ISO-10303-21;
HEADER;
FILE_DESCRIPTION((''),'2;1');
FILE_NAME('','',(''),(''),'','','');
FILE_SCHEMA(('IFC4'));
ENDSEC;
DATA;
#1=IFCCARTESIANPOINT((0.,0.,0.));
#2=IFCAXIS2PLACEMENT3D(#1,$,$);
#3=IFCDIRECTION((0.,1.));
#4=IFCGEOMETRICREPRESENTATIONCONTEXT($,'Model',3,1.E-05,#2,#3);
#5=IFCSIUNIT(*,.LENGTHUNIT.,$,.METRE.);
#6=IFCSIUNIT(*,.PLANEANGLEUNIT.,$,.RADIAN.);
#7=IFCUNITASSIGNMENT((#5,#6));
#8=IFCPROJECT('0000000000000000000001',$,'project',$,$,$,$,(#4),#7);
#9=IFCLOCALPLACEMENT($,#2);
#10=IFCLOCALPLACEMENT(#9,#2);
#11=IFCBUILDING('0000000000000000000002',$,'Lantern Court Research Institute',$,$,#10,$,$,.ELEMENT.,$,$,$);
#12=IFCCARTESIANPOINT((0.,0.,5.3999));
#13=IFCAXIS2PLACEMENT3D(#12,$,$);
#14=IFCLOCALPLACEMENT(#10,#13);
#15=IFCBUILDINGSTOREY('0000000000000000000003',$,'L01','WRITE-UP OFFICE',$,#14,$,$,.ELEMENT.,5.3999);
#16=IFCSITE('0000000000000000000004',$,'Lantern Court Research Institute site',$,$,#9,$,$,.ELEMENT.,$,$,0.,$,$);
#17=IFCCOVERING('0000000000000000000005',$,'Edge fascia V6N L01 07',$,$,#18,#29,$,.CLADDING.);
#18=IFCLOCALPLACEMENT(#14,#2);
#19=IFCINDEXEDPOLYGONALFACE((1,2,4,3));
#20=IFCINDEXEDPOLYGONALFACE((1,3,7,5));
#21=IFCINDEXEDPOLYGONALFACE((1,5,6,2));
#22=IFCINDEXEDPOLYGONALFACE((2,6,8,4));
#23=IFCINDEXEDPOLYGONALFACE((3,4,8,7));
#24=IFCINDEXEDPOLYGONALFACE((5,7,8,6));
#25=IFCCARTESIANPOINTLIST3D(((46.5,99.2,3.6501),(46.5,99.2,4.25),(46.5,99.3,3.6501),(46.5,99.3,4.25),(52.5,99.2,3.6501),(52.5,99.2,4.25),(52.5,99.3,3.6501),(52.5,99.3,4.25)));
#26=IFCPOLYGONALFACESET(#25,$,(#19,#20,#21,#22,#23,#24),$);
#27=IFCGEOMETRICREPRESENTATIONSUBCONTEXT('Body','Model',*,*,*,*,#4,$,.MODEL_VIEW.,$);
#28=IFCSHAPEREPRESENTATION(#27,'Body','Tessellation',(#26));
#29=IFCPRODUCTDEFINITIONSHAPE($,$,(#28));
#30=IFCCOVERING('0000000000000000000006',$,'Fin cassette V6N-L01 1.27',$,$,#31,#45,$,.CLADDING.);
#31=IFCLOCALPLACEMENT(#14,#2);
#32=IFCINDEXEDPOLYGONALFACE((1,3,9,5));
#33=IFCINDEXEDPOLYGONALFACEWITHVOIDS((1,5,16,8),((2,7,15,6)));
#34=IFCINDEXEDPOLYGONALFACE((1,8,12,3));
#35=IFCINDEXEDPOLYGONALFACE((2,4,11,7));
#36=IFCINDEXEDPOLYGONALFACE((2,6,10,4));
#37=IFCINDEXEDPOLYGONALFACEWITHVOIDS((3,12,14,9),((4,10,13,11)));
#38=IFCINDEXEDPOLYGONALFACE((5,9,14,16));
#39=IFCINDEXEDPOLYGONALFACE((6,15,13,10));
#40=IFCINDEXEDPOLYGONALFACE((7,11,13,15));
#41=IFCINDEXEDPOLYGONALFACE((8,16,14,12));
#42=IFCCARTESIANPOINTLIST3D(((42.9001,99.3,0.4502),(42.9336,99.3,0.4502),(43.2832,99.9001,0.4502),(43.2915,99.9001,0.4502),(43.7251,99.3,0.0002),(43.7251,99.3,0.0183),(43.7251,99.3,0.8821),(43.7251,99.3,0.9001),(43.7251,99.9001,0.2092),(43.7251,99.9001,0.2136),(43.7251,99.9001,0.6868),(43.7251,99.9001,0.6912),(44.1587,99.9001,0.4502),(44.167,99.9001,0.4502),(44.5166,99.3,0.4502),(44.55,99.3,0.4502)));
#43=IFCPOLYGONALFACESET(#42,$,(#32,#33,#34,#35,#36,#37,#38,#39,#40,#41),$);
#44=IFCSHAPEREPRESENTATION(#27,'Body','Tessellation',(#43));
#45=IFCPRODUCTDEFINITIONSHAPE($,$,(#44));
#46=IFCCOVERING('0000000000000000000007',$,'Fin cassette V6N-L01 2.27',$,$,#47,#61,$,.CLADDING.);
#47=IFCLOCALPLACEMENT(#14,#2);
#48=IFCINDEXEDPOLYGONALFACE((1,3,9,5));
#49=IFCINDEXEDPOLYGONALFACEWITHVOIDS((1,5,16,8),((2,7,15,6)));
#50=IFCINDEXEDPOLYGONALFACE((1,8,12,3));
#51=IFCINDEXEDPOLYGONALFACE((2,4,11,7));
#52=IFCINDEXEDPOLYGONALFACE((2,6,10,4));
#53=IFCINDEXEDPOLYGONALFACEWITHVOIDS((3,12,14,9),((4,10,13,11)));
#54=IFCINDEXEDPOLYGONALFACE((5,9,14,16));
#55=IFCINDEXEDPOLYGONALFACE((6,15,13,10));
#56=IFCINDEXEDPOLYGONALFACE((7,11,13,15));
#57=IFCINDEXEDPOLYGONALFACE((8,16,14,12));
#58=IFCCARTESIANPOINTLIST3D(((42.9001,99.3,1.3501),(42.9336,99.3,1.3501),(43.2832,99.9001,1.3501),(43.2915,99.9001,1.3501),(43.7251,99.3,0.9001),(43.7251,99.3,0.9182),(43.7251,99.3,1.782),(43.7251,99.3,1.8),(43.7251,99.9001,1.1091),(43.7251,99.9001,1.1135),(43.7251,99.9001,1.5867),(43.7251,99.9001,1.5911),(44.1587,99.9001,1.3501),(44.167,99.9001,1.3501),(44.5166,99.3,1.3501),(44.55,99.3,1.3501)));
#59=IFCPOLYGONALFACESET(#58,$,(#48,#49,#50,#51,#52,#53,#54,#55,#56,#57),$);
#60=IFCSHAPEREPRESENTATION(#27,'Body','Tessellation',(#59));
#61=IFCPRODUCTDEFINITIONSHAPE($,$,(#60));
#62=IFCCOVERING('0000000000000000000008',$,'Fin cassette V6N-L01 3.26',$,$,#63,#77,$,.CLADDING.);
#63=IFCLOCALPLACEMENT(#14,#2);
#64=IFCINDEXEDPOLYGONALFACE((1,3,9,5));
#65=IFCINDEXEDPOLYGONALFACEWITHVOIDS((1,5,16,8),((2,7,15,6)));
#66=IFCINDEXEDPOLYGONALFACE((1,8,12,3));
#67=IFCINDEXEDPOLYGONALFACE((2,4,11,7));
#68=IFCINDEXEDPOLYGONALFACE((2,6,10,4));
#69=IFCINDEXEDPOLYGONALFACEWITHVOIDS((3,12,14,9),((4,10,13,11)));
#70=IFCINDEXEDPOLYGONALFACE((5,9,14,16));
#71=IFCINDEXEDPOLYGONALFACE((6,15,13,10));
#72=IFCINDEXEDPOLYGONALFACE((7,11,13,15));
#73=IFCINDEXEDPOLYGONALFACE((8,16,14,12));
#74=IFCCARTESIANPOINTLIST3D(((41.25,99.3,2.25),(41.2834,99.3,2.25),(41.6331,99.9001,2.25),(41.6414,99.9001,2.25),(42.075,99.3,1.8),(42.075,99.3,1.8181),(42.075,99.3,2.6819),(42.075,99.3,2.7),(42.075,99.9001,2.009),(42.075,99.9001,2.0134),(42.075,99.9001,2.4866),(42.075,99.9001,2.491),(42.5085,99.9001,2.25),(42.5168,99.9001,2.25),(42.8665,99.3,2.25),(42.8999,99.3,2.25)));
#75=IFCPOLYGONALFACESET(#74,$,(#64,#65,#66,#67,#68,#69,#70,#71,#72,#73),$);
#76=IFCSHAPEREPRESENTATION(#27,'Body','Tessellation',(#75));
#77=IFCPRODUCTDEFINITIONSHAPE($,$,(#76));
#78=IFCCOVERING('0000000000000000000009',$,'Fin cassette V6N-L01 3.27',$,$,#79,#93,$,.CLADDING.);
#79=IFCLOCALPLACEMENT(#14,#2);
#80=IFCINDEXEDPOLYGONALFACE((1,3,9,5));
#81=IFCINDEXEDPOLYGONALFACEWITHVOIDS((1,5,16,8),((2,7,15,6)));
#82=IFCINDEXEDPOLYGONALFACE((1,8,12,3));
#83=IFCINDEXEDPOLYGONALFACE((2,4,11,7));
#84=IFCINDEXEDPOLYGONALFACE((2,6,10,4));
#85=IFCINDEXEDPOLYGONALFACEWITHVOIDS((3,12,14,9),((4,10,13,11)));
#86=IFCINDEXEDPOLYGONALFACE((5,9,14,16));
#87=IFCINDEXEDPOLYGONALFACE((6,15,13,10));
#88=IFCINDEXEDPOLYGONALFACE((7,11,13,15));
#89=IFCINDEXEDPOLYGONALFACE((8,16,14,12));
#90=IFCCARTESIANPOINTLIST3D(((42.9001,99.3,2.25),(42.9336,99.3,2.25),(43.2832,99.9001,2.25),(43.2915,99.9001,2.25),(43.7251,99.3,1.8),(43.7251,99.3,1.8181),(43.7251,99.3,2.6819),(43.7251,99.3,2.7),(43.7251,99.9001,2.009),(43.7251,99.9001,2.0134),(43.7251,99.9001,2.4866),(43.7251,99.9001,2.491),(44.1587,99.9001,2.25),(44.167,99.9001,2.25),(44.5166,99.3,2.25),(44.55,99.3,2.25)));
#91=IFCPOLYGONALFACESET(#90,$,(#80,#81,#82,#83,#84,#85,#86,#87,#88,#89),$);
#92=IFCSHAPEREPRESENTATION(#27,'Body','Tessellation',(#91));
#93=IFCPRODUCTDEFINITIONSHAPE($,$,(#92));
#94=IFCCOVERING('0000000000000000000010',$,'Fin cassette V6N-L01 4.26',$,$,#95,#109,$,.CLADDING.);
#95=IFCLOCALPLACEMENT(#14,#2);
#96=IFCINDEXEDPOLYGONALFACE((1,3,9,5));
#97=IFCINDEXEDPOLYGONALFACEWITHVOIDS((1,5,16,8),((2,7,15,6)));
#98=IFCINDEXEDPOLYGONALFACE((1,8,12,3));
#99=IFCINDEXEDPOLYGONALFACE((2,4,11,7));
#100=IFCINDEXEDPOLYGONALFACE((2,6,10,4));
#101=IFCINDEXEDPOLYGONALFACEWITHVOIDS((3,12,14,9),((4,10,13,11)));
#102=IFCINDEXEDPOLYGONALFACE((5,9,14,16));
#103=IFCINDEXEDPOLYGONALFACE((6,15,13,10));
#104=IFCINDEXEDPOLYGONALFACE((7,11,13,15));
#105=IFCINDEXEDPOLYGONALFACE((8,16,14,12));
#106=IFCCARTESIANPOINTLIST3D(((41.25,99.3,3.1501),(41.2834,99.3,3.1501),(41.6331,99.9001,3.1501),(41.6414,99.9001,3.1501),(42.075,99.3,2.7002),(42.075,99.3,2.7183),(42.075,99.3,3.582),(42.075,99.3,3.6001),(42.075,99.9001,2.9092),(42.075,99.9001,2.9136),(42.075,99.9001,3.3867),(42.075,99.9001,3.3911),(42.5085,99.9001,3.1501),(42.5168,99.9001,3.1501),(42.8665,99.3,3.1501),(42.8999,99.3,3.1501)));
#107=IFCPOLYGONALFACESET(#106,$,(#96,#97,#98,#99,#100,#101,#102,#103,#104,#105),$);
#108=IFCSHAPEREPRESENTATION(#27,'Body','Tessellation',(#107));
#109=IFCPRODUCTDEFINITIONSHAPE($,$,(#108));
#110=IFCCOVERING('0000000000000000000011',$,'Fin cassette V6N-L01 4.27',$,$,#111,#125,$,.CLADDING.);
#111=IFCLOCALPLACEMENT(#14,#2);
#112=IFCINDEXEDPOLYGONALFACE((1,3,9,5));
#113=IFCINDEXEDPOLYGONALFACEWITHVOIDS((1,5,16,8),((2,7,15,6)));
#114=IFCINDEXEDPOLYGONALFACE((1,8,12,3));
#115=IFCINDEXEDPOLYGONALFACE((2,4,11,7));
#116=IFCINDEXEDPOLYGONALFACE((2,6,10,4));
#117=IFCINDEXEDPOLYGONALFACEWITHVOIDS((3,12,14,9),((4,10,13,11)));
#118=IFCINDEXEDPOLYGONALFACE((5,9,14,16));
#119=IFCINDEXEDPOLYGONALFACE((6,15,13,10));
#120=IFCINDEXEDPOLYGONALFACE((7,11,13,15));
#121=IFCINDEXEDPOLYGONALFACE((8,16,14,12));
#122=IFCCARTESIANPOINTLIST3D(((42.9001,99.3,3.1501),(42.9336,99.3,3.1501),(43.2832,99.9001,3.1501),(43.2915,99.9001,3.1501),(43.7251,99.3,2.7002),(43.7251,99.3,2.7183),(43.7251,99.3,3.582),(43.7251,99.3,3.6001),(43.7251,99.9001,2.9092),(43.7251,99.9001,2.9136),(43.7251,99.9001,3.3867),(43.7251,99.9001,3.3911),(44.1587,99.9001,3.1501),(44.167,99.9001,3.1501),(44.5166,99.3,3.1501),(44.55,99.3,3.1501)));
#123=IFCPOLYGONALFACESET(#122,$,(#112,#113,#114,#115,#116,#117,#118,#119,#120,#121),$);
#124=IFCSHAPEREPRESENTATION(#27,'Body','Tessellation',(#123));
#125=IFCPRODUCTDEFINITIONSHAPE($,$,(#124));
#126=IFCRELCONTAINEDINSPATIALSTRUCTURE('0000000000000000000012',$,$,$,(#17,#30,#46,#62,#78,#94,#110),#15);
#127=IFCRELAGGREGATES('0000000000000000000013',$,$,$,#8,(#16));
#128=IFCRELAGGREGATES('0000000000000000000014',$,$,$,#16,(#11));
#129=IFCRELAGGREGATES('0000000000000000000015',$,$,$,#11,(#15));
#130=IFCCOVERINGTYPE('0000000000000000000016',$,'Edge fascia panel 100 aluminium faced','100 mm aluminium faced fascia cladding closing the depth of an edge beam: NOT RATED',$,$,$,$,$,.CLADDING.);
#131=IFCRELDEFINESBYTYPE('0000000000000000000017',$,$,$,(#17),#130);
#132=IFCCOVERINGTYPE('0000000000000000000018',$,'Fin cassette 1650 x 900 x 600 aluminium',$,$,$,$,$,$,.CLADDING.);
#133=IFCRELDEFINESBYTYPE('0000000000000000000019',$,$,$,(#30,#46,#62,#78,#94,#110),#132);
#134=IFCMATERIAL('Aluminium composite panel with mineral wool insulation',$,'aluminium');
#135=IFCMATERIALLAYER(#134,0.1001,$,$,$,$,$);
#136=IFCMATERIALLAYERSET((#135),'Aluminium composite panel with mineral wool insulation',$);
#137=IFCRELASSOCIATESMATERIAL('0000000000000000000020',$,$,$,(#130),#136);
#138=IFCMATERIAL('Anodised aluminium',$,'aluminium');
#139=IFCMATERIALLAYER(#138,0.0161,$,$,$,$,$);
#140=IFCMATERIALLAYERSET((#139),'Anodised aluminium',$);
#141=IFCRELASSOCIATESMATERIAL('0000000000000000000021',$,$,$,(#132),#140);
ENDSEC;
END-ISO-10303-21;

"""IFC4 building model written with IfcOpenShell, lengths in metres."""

from ifc_helpers import new_model, entity, si_unit, direction, frame, frame_2d, origin, place, context, subcontext, project, spatial, rectangle, extrude, material, layer, layer_set, type_object, element, save


model = new_model("IFC4")

# Units and contexts
model_context = context("Model", 3, precision=1e-05, world=origin(), true_north=direction((0.0, 1.0)))
body_context = subcontext(model_context, "Body", "Model", "MODEL_VIEW")
ifc_project = project(units=[si_unit("LENGTHUNIT", "METRE"), si_unit("PLANEANGLEUNIT", "RADIAN")], contexts=[model_context])

# Site, building, storey
site_placement = place(None, origin())
site = spatial("IfcSite", under=ifc_project, at=site_placement, Name="Lantern Court Research Institute site", CompositionType="ELEMENT", RefElevation=0.0)
building_placement = place(site_placement, origin())
building = spatial("IfcBuilding", under=site, at=building_placement, Name="Lantern Court Research Institute", CompositionType="ELEMENT")
storey_placement = place(building_placement, frame((0.0, 0.0, 5.3999)))
storey = spatial("IfcBuildingStorey", under=building, at=storey_placement, Name="L01", Description="WRITE-UP OFFICE", CompositionType="ELEMENT", Elevation=5.3999)

# Coverings
ifc_material_1 = material(Name="Aluminium composite panel with mineral wool insulation", Category="aluminium")
ifc_layer_1 = layer(ifc_material_1, 0.1001)
ifc_layer_set_1 = layer_set([ifc_layer_1], Name="Aluminium composite panel with mineral wool insulation")
covering_type_1 = type_object("IfcCoveringType", Name="Edge fascia panel 100 aluminium faced", Description="100 mm aluminium faced fascia cladding closing the depth of an edge beam: NOT RATED", PredefinedType="CLADDING", material=ifc_layer_set_1)
covering_1_placement = place(storey_placement, frame((46.5, 99.25, 3.6501), z_axis=(0.0, 0.0, 1.0), x_axis=(1.0, 0.0, 0.0)))
element("IfcCovering", 1, at=covering_1_placement, inside=storey, type_object=covering_type_1, Name="Edge fascia V6N L01 07", PredefinedType="CLADDING", context=body_context, shape_type="SweptSolid", body=[
    extrude(rectangle(XDim=6.0, YDim=0.1001, at=frame_2d((3.0, 0.0))), origin(), (0.0, 0.0, 1.0), 0.5999),
])
ifc_material_2 = material(Name="Anodised aluminium", Category="aluminium")
ifc_layer_2 = layer(ifc_material_2, 0.0161)
ifc_layer_set_2 = layer_set([ifc_layer_2], Name="Anodised aluminium")
covering_type_2 = type_object("IfcCoveringType", Name="Fin cassette 1650 x 900 x 600 aluminium", PredefinedType="CLADDING", material=ifc_layer_set_2)
covering_2_placement = place(storey_placement, frame((43.7251, 99.3, 0.4502), z_axis=(0.0, 1.0, 0.0), x_axis=(-1.0, 0.0, 0.0)))
cartesian_point_1 = entity("IfcCartesianPoint", [0.825, 0.0])
cartesian_point_2 = entity("IfcCartesianPoint", [0.7915, 0.0])
cartesian_point_3 = entity("IfcCartesianPoint", [0.4419, 0.0])
cartesian_point_4 = entity("IfcCartesianPoint", [0.4336, 0.0])
element("IfcCovering", 2, at=covering_2_placement, inside=storey, type_object=covering_type_2, Name="Fin cassette V6N-L01 1.27", PredefinedType="CLADDING", context=body_context, shape_type="SweptSolid", body=[
    entity("IfcExtrudedAreaSolidTapered", entity("IfcArbitraryProfileDefWithVoids", "AREA", None, entity("IfcPolyline", [cartesian_point_1, entity("IfcCartesianPoint", [0.0, 0.45]), entity("IfcCartesianPoint", [-0.825, 0.0]), entity("IfcCartesianPoint", [0.0, -0.45]), cartesian_point_1]), [entity("IfcPolyline", [cartesian_point_2, entity("IfcCartesianPoint", [0.0, 0.4319]), entity("IfcCartesianPoint", [-0.7915, 0.0]), entity("IfcCartesianPoint", [0.0, -0.4319]), cartesian_point_2])]), entity("IfcAxis2Placement3D", entity("IfcCartesianPoint", [0.0, 0.0, 0.0])), entity("IfcDirection", [0.0, 0.0, 1.0]), 0.6001, entity("IfcArbitraryProfileDefWithVoids", "AREA", None, entity("IfcPolyline", [cartesian_point_3, entity("IfcCartesianPoint", [0.0, 0.241]), entity("IfcCartesianPoint", [-0.4419, 0.0]), entity("IfcCartesianPoint", [0.0, -0.241]), cartesian_point_3]), [entity("IfcPolyline", [cartesian_point_4, entity("IfcCartesianPoint", [0.0, 0.2366]), entity("IfcCartesianPoint", [-0.4336, 0.0]), entity("IfcCartesianPoint", [0.0, -0.2366]), cartesian_point_4])])),
])
covering_3_placement = place(storey_placement, frame((43.7251, 99.3, 1.3501), z_axis=(0.0, 1.0, 0.0), x_axis=(-1.0, 0.0, 0.0)))
cartesian_point_5 = entity("IfcCartesianPoint", [0.825, 0.0])
cartesian_point_6 = entity("IfcCartesianPoint", [0.7915, 0.0])
cartesian_point_7 = entity("IfcCartesianPoint", [0.4419, 0.0])
cartesian_point_8 = entity("IfcCartesianPoint", [0.4336, 0.0])
element("IfcCovering", 3, at=covering_3_placement, inside=storey, type_object=covering_type_2, Name="Fin cassette V6N-L01 2.27", PredefinedType="CLADDING", context=body_context, shape_type="SweptSolid", body=[
    entity("IfcExtrudedAreaSolidTapered", entity("IfcArbitraryProfileDefWithVoids", "AREA", None, entity("IfcPolyline", [cartesian_point_5, entity("IfcCartesianPoint", [0.0, 0.45]), entity("IfcCartesianPoint", [-0.825, 0.0]), entity("IfcCartesianPoint", [0.0, -0.45]), cartesian_point_5]), [entity("IfcPolyline", [cartesian_point_6, entity("IfcCartesianPoint", [0.0, 0.4319]), entity("IfcCartesianPoint", [-0.7915, 0.0]), entity("IfcCartesianPoint", [0.0, -0.4319]), cartesian_point_6])]), entity("IfcAxis2Placement3D", entity("IfcCartesianPoint", [0.0, 0.0, 0.0])), entity("IfcDirection", [0.0, 0.0, 1.0]), 0.6001, entity("IfcArbitraryProfileDefWithVoids", "AREA", None, entity("IfcPolyline", [cartesian_point_7, entity("IfcCartesianPoint", [0.0, 0.241]), entity("IfcCartesianPoint", [-0.4419, 0.0]), entity("IfcCartesianPoint", [0.0, -0.241]), cartesian_point_7]), [entity("IfcPolyline", [cartesian_point_8, entity("IfcCartesianPoint", [0.0, 0.2366]), entity("IfcCartesianPoint", [-0.4336, 0.0]), entity("IfcCartesianPoint", [0.0, -0.2366]), cartesian_point_8])])),
])
covering_4_placement = place(storey_placement, frame((42.075, 99.3, 2.25), z_axis=(0.0, 1.0, 0.0), x_axis=(-1.0, 0.0, 0.0)))
cartesian_point_9 = entity("IfcCartesianPoint", [0.825, 0.0])
cartesian_point_10 = entity("IfcCartesianPoint", [0.7915, 0.0])
cartesian_point_11 = entity("IfcCartesianPoint", [0.4419, 0.0])
cartesian_point_12 = entity("IfcCartesianPoint", [0.4336, 0.0])
element("IfcCovering", 4, at=covering_4_placement, inside=storey, type_object=covering_type_2, Name="Fin cassette V6N-L01 3.26", PredefinedType="CLADDING", context=body_context, shape_type="SweptSolid", body=[
    entity("IfcExtrudedAreaSolidTapered", entity("IfcArbitraryProfileDefWithVoids", "AREA", None, entity("IfcPolyline", [cartesian_point_9, entity("IfcCartesianPoint", [0.0, 0.45]), entity("IfcCartesianPoint", [-0.825, 0.0]), entity("IfcCartesianPoint", [0.0, -0.45]), cartesian_point_9]), [entity("IfcPolyline", [cartesian_point_10, entity("IfcCartesianPoint", [0.0, 0.4319]), entity("IfcCartesianPoint", [-0.7915, 0.0]), entity("IfcCartesianPoint", [0.0, -0.4319]), cartesian_point_10])]), entity("IfcAxis2Placement3D", entity("IfcCartesianPoint", [0.0, 0.0, 0.0])), entity("IfcDirection", [0.0, 0.0, 1.0]), 0.6001, entity("IfcArbitraryProfileDefWithVoids", "AREA", None, entity("IfcPolyline", [cartesian_point_11, entity("IfcCartesianPoint", [0.0, 0.241]), entity("IfcCartesianPoint", [-0.4419, 0.0]), entity("IfcCartesianPoint", [0.0, -0.241]), cartesian_point_11]), [entity("IfcPolyline", [cartesian_point_12, entity("IfcCartesianPoint", [0.0, 0.2366]), entity("IfcCartesianPoint", [-0.4336, 0.0]), entity("IfcCartesianPoint", [0.0, -0.2366]), cartesian_point_12])])),
])
covering_5_placement = place(storey_placement, frame((43.7251, 99.3, 2.25), z_axis=(0.0, 1.0, 0.0), x_axis=(-1.0, 0.0, 0.0)))
cartesian_point_13 = entity("IfcCartesianPoint", [0.825, 0.0])
cartesian_point_14 = entity("IfcCartesianPoint", [0.7915, 0.0])
cartesian_point_15 = entity("IfcCartesianPoint", [0.4419, 0.0])
cartesian_point_16 = entity("IfcCartesianPoint", [0.4336, 0.0])
element("IfcCovering", 5, at=covering_5_placement, inside=storey, type_object=covering_type_2, Name="Fin cassette V6N-L01 3.27", PredefinedType="CLADDING", context=body_context, shape_type="SweptSolid", body=[
    entity("IfcExtrudedAreaSolidTapered", entity("IfcArbitraryProfileDefWithVoids", "AREA", None, entity("IfcPolyline", [cartesian_point_13, entity("IfcCartesianPoint", [0.0, 0.45]), entity("IfcCartesianPoint", [-0.825, 0.0]), entity("IfcCartesianPoint", [0.0, -0.45]), cartesian_point_13]), [entity("IfcPolyline", [cartesian_point_14, entity("IfcCartesianPoint", [0.0, 0.4319]), entity("IfcCartesianPoint", [-0.7915, 0.0]), entity("IfcCartesianPoint", [0.0, -0.4319]), cartesian_point_14])]), entity("IfcAxis2Placement3D", entity("IfcCartesianPoint", [0.0, 0.0, 0.0])), entity("IfcDirection", [0.0, 0.0, 1.0]), 0.6001, entity("IfcArbitraryProfileDefWithVoids", "AREA", None, entity("IfcPolyline", [cartesian_point_15, entity("IfcCartesianPoint", [0.0, 0.241]), entity("IfcCartesianPoint", [-0.4419, 0.0]), entity("IfcCartesianPoint", [0.0, -0.241]), cartesian_point_15]), [entity("IfcPolyline", [cartesian_point_16, entity("IfcCartesianPoint", [0.0, 0.2366]), entity("IfcCartesianPoint", [-0.4336, 0.0]), entity("IfcCartesianPoint", [0.0, -0.2366]), cartesian_point_16])])),
])
covering_6_placement = place(storey_placement, frame((42.075, 99.3, 3.1501), z_axis=(0.0, 1.0, 0.0), x_axis=(-1.0, 0.0, 0.0)))
cartesian_point_17 = entity("IfcCartesianPoint", [0.825, 0.0])
cartesian_point_18 = entity("IfcCartesianPoint", [0.7915, 0.0])
cartesian_point_19 = entity("IfcCartesianPoint", [0.4419, 0.0])
cartesian_point_20 = entity("IfcCartesianPoint", [0.4336, 0.0])
element("IfcCovering", 6, at=covering_6_placement, inside=storey, type_object=covering_type_2, Name="Fin cassette V6N-L01 4.26", PredefinedType="CLADDING", context=body_context, shape_type="SweptSolid", body=[
    entity("IfcExtrudedAreaSolidTapered", entity("IfcArbitraryProfileDefWithVoids", "AREA", None, entity("IfcPolyline", [cartesian_point_17, entity("IfcCartesianPoint", [0.0, 0.45]), entity("IfcCartesianPoint", [-0.825, 0.0]), entity("IfcCartesianPoint", [0.0, -0.45]), cartesian_point_17]), [entity("IfcPolyline", [cartesian_point_18, entity("IfcCartesianPoint", [0.0, 0.4319]), entity("IfcCartesianPoint", [-0.7915, 0.0]), entity("IfcCartesianPoint", [0.0, -0.4319]), cartesian_point_18])]), entity("IfcAxis2Placement3D", entity("IfcCartesianPoint", [0.0, 0.0, 0.0])), entity("IfcDirection", [0.0, 0.0, 1.0]), 0.6001, entity("IfcArbitraryProfileDefWithVoids", "AREA", None, entity("IfcPolyline", [cartesian_point_19, entity("IfcCartesianPoint", [0.0, 0.241]), entity("IfcCartesianPoint", [-0.4419, 0.0]), entity("IfcCartesianPoint", [0.0, -0.241]), cartesian_point_19]), [entity("IfcPolyline", [cartesian_point_20, entity("IfcCartesianPoint", [0.0, 0.2366]), entity("IfcCartesianPoint", [-0.4336, 0.0]), entity("IfcCartesianPoint", [0.0, -0.2366]), cartesian_point_20])])),
])
covering_7_placement = place(storey_placement, frame((43.7251, 99.3, 3.1501), z_axis=(0.0, 1.0, 0.0), x_axis=(-1.0, 0.0, 0.0)))
cartesian_point_21 = entity("IfcCartesianPoint", [0.825, 0.0])
cartesian_point_22 = entity("IfcCartesianPoint", [0.7915, 0.0])
cartesian_point_23 = entity("IfcCartesianPoint", [0.4419, 0.0])
cartesian_point_24 = entity("IfcCartesianPoint", [0.4336, 0.0])
element("IfcCovering", 7, at=covering_7_placement, inside=storey, type_object=covering_type_2, Name="Fin cassette V6N-L01 4.27", PredefinedType="CLADDING", context=body_context, shape_type="SweptSolid", body=[
    entity("IfcExtrudedAreaSolidTapered", entity("IfcArbitraryProfileDefWithVoids", "AREA", None, entity("IfcPolyline", [cartesian_point_21, entity("IfcCartesianPoint", [0.0, 0.45]), entity("IfcCartesianPoint", [-0.825, 0.0]), entity("IfcCartesianPoint", [0.0, -0.45]), cartesian_point_21]), [entity("IfcPolyline", [cartesian_point_22, entity("IfcCartesianPoint", [0.0, 0.4319]), entity("IfcCartesianPoint", [-0.7915, 0.0]), entity("IfcCartesianPoint", [0.0, -0.4319]), cartesian_point_22])]), entity("IfcAxis2Placement3D", entity("IfcCartesianPoint", [0.0, 0.0, 0.0])), entity("IfcDirection", [0.0, 0.0, 1.0]), 0.6001, entity("IfcArbitraryProfileDefWithVoids", "AREA", None, entity("IfcPolyline", [cartesian_point_23, entity("IfcCartesianPoint", [0.0, 0.241]), entity("IfcCartesianPoint", [-0.4419, 0.0]), entity("IfcCartesianPoint", [0.0, -0.241]), cartesian_point_23]), [entity("IfcPolyline", [cartesian_point_24, entity("IfcCartesianPoint", [0.0, 0.2366]), entity("IfcCartesianPoint", [-0.4336, 0.0]), entity("IfcCartesianPoint", [0.0, -0.2366]), cartesian_point_24])])),
])

save(model, "model.ifc")
